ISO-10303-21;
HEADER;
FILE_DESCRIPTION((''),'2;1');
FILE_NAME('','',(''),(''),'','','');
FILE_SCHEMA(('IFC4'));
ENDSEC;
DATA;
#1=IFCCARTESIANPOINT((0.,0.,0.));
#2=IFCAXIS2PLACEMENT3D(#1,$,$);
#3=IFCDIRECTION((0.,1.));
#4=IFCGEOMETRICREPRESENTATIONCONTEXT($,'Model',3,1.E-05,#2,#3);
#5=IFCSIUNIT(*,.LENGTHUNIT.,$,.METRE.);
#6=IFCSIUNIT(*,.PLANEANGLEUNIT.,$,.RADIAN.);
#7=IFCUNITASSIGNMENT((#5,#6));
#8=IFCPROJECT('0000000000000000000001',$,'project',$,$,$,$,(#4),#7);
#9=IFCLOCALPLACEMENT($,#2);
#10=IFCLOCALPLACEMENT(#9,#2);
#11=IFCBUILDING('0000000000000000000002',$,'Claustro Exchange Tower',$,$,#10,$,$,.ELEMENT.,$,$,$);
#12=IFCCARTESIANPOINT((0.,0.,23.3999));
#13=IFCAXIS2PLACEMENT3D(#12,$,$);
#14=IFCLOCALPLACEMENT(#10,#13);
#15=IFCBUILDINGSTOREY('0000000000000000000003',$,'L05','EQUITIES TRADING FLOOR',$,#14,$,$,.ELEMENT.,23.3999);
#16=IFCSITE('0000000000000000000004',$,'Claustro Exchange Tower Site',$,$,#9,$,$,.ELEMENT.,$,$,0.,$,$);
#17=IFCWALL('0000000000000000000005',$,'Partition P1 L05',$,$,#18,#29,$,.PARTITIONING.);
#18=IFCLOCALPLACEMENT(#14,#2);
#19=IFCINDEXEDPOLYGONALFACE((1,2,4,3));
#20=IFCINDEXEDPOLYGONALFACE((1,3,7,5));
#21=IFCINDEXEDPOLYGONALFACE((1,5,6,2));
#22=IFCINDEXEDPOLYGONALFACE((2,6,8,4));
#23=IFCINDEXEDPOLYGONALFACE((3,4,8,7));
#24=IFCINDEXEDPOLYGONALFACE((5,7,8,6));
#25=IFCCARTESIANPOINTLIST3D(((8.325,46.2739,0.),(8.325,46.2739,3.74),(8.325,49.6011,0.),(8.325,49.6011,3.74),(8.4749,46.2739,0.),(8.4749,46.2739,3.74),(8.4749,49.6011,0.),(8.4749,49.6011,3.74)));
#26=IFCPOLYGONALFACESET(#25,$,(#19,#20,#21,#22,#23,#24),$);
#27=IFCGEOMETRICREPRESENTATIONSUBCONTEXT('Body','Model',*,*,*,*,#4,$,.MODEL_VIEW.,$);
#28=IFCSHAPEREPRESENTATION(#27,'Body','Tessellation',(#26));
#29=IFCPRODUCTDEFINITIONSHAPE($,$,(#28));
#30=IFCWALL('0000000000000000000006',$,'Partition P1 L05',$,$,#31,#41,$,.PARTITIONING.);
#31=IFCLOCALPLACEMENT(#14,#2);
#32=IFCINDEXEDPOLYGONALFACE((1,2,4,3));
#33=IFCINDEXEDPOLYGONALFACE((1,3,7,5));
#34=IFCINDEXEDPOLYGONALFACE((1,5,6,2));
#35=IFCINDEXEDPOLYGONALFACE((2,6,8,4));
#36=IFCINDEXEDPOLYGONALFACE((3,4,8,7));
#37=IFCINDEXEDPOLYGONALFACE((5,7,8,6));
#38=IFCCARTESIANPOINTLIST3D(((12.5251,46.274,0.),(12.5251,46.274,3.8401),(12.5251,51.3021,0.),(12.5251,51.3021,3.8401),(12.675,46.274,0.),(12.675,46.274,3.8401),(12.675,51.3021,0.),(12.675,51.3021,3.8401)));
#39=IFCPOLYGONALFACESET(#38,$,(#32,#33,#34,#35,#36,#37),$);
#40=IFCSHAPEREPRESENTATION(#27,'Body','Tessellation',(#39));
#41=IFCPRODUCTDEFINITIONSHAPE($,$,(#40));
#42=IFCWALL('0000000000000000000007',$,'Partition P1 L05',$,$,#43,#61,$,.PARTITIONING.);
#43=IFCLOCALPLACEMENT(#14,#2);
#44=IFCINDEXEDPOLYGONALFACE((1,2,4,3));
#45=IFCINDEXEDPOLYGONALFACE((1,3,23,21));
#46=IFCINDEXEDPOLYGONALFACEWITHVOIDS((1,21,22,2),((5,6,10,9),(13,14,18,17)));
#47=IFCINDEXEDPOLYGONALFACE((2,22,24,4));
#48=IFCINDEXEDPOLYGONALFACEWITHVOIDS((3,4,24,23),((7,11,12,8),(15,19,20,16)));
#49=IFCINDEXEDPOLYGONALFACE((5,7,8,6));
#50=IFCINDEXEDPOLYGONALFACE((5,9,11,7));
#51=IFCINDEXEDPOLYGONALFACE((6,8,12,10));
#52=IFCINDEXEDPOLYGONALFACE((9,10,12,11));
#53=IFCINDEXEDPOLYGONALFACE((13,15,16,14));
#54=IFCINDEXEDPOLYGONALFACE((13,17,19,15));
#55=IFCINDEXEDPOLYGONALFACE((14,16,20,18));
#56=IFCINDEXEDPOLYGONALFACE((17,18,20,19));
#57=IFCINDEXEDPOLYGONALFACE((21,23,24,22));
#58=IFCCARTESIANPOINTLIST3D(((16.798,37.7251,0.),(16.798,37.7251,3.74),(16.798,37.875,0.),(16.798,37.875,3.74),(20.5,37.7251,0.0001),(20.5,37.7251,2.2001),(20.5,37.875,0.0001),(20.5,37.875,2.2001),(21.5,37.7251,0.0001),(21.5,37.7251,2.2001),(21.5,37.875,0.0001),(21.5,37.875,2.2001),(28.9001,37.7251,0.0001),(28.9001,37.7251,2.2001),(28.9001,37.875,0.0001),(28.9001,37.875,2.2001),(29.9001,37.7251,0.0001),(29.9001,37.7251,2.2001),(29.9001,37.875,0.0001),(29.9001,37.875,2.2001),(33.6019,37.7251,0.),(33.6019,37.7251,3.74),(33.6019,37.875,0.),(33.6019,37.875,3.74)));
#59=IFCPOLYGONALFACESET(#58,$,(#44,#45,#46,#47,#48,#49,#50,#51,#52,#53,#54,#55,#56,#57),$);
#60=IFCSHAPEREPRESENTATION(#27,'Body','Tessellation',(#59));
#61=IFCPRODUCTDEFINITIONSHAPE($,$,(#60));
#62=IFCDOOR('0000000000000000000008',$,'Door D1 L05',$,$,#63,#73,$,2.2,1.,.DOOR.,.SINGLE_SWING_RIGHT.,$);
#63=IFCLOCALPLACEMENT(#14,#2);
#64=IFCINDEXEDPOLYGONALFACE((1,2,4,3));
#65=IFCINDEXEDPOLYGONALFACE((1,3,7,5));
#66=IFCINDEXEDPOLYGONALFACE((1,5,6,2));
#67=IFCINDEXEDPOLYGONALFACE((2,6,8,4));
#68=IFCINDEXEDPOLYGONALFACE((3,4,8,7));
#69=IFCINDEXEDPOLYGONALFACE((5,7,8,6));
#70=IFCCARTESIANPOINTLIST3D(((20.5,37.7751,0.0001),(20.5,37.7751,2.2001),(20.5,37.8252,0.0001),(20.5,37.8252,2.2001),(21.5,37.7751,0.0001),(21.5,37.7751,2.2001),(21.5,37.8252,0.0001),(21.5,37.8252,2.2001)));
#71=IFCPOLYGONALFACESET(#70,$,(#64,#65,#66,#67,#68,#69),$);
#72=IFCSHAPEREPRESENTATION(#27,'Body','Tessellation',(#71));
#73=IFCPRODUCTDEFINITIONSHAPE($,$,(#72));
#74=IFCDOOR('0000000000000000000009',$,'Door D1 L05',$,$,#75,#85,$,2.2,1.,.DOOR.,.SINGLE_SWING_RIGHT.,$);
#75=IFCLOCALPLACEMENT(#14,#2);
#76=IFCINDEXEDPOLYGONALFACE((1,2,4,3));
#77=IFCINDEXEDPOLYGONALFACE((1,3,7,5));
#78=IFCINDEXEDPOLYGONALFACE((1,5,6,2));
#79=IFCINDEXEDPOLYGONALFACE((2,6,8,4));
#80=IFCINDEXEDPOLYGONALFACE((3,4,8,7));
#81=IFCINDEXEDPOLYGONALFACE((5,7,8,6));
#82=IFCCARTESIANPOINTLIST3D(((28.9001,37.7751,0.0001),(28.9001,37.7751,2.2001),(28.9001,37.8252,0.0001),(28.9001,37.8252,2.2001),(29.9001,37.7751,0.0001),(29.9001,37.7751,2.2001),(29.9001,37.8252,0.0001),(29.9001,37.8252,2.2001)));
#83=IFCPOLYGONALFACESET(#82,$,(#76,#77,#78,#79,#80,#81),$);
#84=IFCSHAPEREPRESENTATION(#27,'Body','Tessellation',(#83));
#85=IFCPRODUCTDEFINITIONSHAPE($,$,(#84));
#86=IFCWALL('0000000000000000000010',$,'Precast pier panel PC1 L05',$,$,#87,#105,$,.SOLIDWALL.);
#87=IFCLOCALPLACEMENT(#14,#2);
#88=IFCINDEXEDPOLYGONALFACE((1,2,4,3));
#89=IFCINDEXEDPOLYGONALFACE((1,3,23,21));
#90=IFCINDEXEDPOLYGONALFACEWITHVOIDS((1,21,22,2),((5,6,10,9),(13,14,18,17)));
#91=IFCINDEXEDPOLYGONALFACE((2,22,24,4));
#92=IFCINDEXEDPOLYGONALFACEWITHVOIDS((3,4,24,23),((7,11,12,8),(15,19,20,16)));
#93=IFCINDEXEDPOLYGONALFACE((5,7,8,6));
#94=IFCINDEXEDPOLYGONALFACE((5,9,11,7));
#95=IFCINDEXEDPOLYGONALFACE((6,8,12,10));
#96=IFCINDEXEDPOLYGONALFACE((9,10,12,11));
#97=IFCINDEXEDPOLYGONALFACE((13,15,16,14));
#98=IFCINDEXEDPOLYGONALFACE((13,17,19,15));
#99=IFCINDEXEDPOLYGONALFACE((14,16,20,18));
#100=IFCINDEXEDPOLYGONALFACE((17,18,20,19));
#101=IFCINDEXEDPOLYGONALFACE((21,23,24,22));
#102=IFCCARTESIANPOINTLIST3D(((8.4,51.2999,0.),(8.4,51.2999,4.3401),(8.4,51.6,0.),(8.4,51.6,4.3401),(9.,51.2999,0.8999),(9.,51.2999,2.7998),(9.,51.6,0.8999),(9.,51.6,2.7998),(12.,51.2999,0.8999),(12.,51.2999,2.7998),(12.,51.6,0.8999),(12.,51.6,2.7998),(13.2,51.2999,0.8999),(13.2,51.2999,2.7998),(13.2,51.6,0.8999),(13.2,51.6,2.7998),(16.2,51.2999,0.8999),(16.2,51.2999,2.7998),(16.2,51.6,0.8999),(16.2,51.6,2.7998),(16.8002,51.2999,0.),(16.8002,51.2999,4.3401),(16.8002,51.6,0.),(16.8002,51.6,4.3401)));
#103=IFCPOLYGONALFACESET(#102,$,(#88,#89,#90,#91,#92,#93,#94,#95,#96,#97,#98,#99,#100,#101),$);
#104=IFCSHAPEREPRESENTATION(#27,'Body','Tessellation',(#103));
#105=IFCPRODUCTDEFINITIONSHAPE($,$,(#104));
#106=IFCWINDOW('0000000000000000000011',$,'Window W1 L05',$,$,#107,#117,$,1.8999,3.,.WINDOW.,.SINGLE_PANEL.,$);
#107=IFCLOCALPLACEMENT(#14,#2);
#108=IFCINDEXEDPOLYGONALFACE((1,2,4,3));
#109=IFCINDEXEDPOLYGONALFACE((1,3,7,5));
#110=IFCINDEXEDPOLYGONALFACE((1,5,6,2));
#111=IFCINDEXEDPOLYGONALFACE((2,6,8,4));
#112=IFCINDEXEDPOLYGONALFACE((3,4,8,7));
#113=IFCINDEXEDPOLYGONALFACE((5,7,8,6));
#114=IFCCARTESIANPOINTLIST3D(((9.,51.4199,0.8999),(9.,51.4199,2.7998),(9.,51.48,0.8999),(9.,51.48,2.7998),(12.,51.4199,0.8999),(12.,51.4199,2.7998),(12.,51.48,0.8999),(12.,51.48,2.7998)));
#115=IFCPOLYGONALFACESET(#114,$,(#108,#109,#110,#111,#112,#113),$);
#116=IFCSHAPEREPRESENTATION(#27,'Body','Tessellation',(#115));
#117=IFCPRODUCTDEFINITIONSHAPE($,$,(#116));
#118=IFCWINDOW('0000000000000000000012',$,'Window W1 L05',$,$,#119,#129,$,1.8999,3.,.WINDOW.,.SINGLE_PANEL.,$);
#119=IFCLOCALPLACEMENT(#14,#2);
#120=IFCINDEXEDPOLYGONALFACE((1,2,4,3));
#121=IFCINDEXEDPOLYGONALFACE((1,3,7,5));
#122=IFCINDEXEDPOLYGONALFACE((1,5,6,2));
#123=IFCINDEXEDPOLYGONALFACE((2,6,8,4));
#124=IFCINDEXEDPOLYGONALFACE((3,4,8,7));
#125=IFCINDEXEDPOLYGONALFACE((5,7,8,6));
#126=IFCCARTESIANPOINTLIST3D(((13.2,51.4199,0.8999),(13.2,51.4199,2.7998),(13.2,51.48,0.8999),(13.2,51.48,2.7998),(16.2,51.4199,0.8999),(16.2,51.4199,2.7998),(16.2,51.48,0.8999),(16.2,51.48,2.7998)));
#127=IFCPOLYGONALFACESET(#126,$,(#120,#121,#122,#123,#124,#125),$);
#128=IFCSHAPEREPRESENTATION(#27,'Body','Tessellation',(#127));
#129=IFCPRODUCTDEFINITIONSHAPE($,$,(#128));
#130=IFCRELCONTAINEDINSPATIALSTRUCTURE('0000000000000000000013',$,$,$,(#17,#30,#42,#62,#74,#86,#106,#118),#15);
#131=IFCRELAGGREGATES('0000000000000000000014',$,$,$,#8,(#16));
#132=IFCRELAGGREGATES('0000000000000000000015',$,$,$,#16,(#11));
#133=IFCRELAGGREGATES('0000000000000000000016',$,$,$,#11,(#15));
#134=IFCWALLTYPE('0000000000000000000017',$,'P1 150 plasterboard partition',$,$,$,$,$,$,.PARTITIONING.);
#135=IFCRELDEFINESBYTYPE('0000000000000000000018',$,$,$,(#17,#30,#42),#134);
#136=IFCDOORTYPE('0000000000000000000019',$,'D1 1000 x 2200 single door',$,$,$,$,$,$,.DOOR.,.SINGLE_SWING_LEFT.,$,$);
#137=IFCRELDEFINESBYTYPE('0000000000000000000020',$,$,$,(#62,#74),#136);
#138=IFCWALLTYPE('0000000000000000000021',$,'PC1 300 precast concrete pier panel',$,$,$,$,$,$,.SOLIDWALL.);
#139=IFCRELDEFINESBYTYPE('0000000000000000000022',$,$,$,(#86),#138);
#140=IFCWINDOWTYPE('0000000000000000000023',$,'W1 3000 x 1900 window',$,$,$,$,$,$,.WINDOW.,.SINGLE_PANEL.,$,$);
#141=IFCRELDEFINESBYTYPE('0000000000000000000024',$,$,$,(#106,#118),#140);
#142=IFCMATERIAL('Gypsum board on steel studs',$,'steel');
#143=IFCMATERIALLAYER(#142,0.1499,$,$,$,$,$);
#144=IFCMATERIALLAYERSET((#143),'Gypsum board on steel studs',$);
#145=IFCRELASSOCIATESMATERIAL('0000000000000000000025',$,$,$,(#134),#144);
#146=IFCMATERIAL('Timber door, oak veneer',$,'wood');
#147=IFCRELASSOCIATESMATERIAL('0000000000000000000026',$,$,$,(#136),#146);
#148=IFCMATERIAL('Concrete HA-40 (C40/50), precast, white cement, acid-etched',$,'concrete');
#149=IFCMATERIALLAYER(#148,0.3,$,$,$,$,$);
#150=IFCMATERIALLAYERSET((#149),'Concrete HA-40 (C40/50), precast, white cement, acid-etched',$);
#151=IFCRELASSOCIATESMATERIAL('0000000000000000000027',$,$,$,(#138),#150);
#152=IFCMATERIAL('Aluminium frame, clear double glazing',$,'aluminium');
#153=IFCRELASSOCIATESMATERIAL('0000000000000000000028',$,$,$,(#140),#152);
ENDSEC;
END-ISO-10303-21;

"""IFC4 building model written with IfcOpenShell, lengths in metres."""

from ifc_helpers import new_model, si_unit, direction, frame, frame_2d, origin, place, context, subcontext, project, spatial, rectangle, extrude, material, layer, layer_set, type_object, element, fill, save


model = new_model("IFC4")

# Units and contexts
model_context = context("Model", 3, precision=1e-05, world=origin(), true_north=direction((0.0, 1.0)))
body_context = subcontext(model_context, "Body", "Model", "MODEL_VIEW")
ifc_project = project(units=[si_unit("LENGTHUNIT", "METRE"), si_unit("PLANEANGLEUNIT", "RADIAN")], contexts=[model_context])

# Site, building, storey
site_placement = place(None, origin())
site = spatial("IfcSite", under=ifc_project, at=site_placement, Name="Claustro Exchange Tower Site", CompositionType="ELEMENT", RefElevation=0.0)
building_placement = place(site_placement, origin())
building = spatial("IfcBuilding", under=site, at=building_placement, Name="Claustro Exchange Tower", CompositionType="ELEMENT")
storey_placement = place(building_placement, frame((0.0, 0.0, 23.3999)))
storey = spatial("IfcBuildingStorey", under=building, at=storey_placement, Name="L05", Description="EQUITIES TRADING FLOOR", CompositionType="ELEMENT", Elevation=23.3999)

# Walls
ifc_material_1 = material(Name="Gypsum board on steel studs", Category="steel")
ifc_layer_1 = layer(ifc_material_1, 0.1499)
ifc_layer_set_1 = layer_set([ifc_layer_1], Name="Gypsum board on steel studs")
wall_type_1 = type_object("IfcWallType", Name="P1 150 plasterboard partition", PredefinedType="PARTITIONING", material=ifc_layer_set_1)
wall_1_placement = place(storey_placement, frame((8.3999, 46.2739, 0.0), z_axis=(0.0, 0.0, 1.0), x_axis=(0.0, 1.0, 0.0)))
element("IfcWall", 1, at=wall_1_placement, inside=storey, type_object=wall_type_1, Name="Partition P1 L05", PredefinedType="PARTITIONING", context=body_context, shape_type="SweptSolid", body=[
    extrude(rectangle(XDim=3.3271, YDim=0.1499, at=frame_2d((1.6636, 0.0))), origin(), (0.0, 0.0, 1.0), 3.74),
])
wall_2_placement = place(storey_placement, frame((12.6001, 46.2739, 0.0), z_axis=(0.0, 0.0, 1.0), x_axis=(0.0, 1.0, 0.0)))
element("IfcWall", 2, at=wall_2_placement, inside=storey, type_object=wall_type_1, Name="Partition P1 L05", PredefinedType="PARTITIONING", context=body_context, shape_type="SweptSolid", body=[
    extrude(rectangle(XDim=5.0281, YDim=0.1499, at=frame_2d((2.5142, 0.0))), origin(), (0.0, 0.0, 1.0), 3.8401),
])

# Wall, openings, doors
wall_3_placement = place(storey_placement, frame((16.7981, 37.8, 0.0), z_axis=(0.0, 0.0, 1.0), x_axis=(1.0, 0.0, 0.0)))
wall_3 = element("IfcWall", 3, at=wall_3_placement, inside=storey, type_object=wall_type_1, Name="Partition P1 L05", PredefinedType="PARTITIONING", context=body_context, shape_type="SweptSolid", body=[
    extrude(rectangle(XDim=16.804, YDim=0.1499, at=frame_2d((8.4019, 0.0))), origin(), (0.0, 0.0, 1.0), 3.74),
])
opening_1_placement = place(wall_3_placement, frame((3.7019, 0.0, 0.0)))
opening_1 = element("IfcOpeningElement", 4, at=opening_1_placement, cuts=wall_3, PredefinedType="OPENING", context=body_context, shape_type="SweptSolid", body=[
    extrude(rectangle(XDim=1.0, YDim=2.2, at=frame_2d((0.5, 1.1001))), frame((0.0, 0.085, 0.0), z_axis=(0.0, -1.0, 0.0), x_axis=(1.0, 0.0, 0.0)), (0.0, 0.0, 1.0), 0.1699),
])
opening_2_placement = place(wall_3_placement, frame((12.1021, 0.0, 0.0)))
opening_2 = element("IfcOpeningElement", 5, at=opening_2_placement, cuts=wall_3, PredefinedType="OPENING", context=body_context, shape_type="SweptSolid", body=[
    extrude(rectangle(XDim=1.0, YDim=2.2, at=frame_2d((0.5, 1.1001))), frame((0.0, 0.085, 0.0), z_axis=(0.0, -1.0, 0.0), x_axis=(1.0, 0.0, 0.0)), (0.0, 0.0, 1.0), 0.1699),
])
ifc_material_2 = material(Name="Timber door, oak veneer", Category="wood")
door_type = type_object("IfcDoorType", Name="D1 1000 x 2200 single door", OperationType="SINGLE_SWING_LEFT", PredefinedType="DOOR", material=ifc_material_2)
door_1_placement = place(opening_1_placement, frame((1.0, 0.0, 0.0), z_axis=(0.0, 0.0, 1.0), x_axis=(-1.0, 0.0, 0.0)))
door_1 = element("IfcDoor", 6, at=door_1_placement, inside=storey, type_object=door_type, Name="Door D1 L05", OperationType="SINGLE_SWING_RIGHT", OverallHeight=2.2, OverallWidth=1.0, PredefinedType="DOOR", context=body_context, shape_type="SweptSolid", body=[
    extrude(rectangle(XDim=1.0, YDim=2.2, at=frame_2d((0.5, 1.1001))), frame((0.0, 0.0249, 0.0), z_axis=(0.0, -1.0, 0.0), x_axis=(1.0, 0.0, 0.0)), (0.0, 0.0, 1.0), 0.05),
])
fill(opening_1, door_1)
door_2_placement = place(opening_2_placement, frame((1.0, 0.0, 0.0), z_axis=(0.0, 0.0, 1.0), x_axis=(-1.0, 0.0, 0.0)))
door_2 = element("IfcDoor", 7, at=door_2_placement, inside=storey, type_object=door_type, Name="Door D1 L05", OperationType="SINGLE_SWING_RIGHT", OverallHeight=2.2, OverallWidth=1.0, PredefinedType="DOOR", context=body_context, shape_type="SweptSolid", body=[
    extrude(rectangle(XDim=1.0, YDim=2.2, at=frame_2d((0.5, 1.1001))), frame((0.0, 0.0249, 0.0), z_axis=(0.0, -1.0, 0.0), x_axis=(1.0, 0.0, 0.0)), (0.0, 0.0, 1.0), 0.05),
])
fill(opening_2, door_2)

# Wall, openings, windows
ifc_material_3 = material(Name="Concrete HA-40 (C40/50), precast, white cement, acid-etched", Category="concrete")
ifc_layer_2 = layer(ifc_material_3, 0.3)
ifc_layer_set_2 = layer_set([ifc_layer_2], Name="Concrete HA-40 (C40/50), precast, white cement, acid-etched")
wall_type_2 = type_object("IfcWallType", Name="PC1 300 precast concrete pier panel", PredefinedType="SOLIDWALL", material=ifc_layer_set_2)
wall_4_placement = place(storey_placement, frame((8.3999, 51.45, 0.0), z_axis=(0.0, 0.0, 1.0), x_axis=(1.0, 0.0, 0.0)))
wall_4 = element("IfcWall", 8, at=wall_4_placement, inside=storey, type_object=wall_type_2, Name="Precast pier panel PC1 L05", PredefinedType="SOLIDWALL", context=body_context, shape_type="SweptSolid", body=[
    extrude(rectangle(XDim=8.4001, YDim=0.3, at=frame_2d((4.2002, 0.0))), origin(), (0.0, 0.0, 1.0), 4.3401),
])
opening_3_placement = place(wall_4_placement, frame((0.6001, 0.0, 0.8999)))
opening_3 = element("IfcOpeningElement", 9, at=opening_3_placement, cuts=wall_4, PredefinedType="OPENING", context=body_context, shape_type="SweptSolid", body=[
    extrude(rectangle(XDim=3.0, YDim=1.8999, at=frame_2d((1.5, 0.95))), frame((0.0, 0.1599, 0.0), z_axis=(0.0, -1.0, 0.0), x_axis=(1.0, 0.0, 0.0)), (0.0, 0.0, 1.0), 0.3201),
])
opening_4_placement = place(wall_4_placement, frame((4.8, 0.0, 0.8999)))
opening_4 = element("IfcOpeningElement", 10, at=opening_4_placement, cuts=wall_4, PredefinedType="OPENING", context=body_context, shape_type="SweptSolid", body=[
    extrude(rectangle(XDim=3.0, YDim=1.8999, at=frame_2d((1.5, 0.95))), frame((0.0, 0.1599, 0.0), z_axis=(0.0, -1.0, 0.0), x_axis=(1.0, 0.0, 0.0)), (0.0, 0.0, 1.0), 0.3201),
])
ifc_material_4 = material(Name="Aluminium frame, clear double glazing", Category="aluminium")
window_type = type_object("IfcWindowType", Name="W1 3000 x 1900 window", PartitioningType="SINGLE_PANEL", PredefinedType="WINDOW", material=ifc_material_4)
window_1_placement = place(opening_3_placement, origin())
window_1 = element("IfcWindow", 11, at=window_1_placement, inside=storey, type_object=window_type, Name="Window W1 L05", OverallHeight=1.8999, OverallWidth=3.0, PartitioningType="SINGLE_PANEL", PredefinedType="WINDOW", context=body_context, shape_type="SweptSolid", body=[
    extrude(rectangle(XDim=3.0, YDim=1.8999, at=frame_2d((1.5, 0.95))), frame((0.0, 0.03, 0.0), z_axis=(0.0, -1.0, 0.0), x_axis=(1.0, 0.0, 0.0)), (0.0, 0.0, 1.0), 0.0601),
])
fill(opening_3, window_1)
window_2_placement = place(opening_4_placement, origin())
window_2 = element("IfcWindow", 12, at=window_2_placement, inside=storey, type_object=window_type, Name="Window W1 L05", OverallHeight=1.8999, OverallWidth=3.0, PartitioningType="SINGLE_PANEL", PredefinedType="WINDOW", context=body_context, shape_type="SweptSolid", body=[
    extrude(rectangle(XDim=3.0, YDim=1.8999, at=frame_2d((1.5, 0.95))), frame((0.0, 0.03, 0.0), z_axis=(0.0, -1.0, 0.0), x_axis=(1.0, 0.0, 0.0)), (0.0, 0.0, 1.0), 0.0601),
])
fill(opening_4, window_2)

save(model, "model.ifc")
